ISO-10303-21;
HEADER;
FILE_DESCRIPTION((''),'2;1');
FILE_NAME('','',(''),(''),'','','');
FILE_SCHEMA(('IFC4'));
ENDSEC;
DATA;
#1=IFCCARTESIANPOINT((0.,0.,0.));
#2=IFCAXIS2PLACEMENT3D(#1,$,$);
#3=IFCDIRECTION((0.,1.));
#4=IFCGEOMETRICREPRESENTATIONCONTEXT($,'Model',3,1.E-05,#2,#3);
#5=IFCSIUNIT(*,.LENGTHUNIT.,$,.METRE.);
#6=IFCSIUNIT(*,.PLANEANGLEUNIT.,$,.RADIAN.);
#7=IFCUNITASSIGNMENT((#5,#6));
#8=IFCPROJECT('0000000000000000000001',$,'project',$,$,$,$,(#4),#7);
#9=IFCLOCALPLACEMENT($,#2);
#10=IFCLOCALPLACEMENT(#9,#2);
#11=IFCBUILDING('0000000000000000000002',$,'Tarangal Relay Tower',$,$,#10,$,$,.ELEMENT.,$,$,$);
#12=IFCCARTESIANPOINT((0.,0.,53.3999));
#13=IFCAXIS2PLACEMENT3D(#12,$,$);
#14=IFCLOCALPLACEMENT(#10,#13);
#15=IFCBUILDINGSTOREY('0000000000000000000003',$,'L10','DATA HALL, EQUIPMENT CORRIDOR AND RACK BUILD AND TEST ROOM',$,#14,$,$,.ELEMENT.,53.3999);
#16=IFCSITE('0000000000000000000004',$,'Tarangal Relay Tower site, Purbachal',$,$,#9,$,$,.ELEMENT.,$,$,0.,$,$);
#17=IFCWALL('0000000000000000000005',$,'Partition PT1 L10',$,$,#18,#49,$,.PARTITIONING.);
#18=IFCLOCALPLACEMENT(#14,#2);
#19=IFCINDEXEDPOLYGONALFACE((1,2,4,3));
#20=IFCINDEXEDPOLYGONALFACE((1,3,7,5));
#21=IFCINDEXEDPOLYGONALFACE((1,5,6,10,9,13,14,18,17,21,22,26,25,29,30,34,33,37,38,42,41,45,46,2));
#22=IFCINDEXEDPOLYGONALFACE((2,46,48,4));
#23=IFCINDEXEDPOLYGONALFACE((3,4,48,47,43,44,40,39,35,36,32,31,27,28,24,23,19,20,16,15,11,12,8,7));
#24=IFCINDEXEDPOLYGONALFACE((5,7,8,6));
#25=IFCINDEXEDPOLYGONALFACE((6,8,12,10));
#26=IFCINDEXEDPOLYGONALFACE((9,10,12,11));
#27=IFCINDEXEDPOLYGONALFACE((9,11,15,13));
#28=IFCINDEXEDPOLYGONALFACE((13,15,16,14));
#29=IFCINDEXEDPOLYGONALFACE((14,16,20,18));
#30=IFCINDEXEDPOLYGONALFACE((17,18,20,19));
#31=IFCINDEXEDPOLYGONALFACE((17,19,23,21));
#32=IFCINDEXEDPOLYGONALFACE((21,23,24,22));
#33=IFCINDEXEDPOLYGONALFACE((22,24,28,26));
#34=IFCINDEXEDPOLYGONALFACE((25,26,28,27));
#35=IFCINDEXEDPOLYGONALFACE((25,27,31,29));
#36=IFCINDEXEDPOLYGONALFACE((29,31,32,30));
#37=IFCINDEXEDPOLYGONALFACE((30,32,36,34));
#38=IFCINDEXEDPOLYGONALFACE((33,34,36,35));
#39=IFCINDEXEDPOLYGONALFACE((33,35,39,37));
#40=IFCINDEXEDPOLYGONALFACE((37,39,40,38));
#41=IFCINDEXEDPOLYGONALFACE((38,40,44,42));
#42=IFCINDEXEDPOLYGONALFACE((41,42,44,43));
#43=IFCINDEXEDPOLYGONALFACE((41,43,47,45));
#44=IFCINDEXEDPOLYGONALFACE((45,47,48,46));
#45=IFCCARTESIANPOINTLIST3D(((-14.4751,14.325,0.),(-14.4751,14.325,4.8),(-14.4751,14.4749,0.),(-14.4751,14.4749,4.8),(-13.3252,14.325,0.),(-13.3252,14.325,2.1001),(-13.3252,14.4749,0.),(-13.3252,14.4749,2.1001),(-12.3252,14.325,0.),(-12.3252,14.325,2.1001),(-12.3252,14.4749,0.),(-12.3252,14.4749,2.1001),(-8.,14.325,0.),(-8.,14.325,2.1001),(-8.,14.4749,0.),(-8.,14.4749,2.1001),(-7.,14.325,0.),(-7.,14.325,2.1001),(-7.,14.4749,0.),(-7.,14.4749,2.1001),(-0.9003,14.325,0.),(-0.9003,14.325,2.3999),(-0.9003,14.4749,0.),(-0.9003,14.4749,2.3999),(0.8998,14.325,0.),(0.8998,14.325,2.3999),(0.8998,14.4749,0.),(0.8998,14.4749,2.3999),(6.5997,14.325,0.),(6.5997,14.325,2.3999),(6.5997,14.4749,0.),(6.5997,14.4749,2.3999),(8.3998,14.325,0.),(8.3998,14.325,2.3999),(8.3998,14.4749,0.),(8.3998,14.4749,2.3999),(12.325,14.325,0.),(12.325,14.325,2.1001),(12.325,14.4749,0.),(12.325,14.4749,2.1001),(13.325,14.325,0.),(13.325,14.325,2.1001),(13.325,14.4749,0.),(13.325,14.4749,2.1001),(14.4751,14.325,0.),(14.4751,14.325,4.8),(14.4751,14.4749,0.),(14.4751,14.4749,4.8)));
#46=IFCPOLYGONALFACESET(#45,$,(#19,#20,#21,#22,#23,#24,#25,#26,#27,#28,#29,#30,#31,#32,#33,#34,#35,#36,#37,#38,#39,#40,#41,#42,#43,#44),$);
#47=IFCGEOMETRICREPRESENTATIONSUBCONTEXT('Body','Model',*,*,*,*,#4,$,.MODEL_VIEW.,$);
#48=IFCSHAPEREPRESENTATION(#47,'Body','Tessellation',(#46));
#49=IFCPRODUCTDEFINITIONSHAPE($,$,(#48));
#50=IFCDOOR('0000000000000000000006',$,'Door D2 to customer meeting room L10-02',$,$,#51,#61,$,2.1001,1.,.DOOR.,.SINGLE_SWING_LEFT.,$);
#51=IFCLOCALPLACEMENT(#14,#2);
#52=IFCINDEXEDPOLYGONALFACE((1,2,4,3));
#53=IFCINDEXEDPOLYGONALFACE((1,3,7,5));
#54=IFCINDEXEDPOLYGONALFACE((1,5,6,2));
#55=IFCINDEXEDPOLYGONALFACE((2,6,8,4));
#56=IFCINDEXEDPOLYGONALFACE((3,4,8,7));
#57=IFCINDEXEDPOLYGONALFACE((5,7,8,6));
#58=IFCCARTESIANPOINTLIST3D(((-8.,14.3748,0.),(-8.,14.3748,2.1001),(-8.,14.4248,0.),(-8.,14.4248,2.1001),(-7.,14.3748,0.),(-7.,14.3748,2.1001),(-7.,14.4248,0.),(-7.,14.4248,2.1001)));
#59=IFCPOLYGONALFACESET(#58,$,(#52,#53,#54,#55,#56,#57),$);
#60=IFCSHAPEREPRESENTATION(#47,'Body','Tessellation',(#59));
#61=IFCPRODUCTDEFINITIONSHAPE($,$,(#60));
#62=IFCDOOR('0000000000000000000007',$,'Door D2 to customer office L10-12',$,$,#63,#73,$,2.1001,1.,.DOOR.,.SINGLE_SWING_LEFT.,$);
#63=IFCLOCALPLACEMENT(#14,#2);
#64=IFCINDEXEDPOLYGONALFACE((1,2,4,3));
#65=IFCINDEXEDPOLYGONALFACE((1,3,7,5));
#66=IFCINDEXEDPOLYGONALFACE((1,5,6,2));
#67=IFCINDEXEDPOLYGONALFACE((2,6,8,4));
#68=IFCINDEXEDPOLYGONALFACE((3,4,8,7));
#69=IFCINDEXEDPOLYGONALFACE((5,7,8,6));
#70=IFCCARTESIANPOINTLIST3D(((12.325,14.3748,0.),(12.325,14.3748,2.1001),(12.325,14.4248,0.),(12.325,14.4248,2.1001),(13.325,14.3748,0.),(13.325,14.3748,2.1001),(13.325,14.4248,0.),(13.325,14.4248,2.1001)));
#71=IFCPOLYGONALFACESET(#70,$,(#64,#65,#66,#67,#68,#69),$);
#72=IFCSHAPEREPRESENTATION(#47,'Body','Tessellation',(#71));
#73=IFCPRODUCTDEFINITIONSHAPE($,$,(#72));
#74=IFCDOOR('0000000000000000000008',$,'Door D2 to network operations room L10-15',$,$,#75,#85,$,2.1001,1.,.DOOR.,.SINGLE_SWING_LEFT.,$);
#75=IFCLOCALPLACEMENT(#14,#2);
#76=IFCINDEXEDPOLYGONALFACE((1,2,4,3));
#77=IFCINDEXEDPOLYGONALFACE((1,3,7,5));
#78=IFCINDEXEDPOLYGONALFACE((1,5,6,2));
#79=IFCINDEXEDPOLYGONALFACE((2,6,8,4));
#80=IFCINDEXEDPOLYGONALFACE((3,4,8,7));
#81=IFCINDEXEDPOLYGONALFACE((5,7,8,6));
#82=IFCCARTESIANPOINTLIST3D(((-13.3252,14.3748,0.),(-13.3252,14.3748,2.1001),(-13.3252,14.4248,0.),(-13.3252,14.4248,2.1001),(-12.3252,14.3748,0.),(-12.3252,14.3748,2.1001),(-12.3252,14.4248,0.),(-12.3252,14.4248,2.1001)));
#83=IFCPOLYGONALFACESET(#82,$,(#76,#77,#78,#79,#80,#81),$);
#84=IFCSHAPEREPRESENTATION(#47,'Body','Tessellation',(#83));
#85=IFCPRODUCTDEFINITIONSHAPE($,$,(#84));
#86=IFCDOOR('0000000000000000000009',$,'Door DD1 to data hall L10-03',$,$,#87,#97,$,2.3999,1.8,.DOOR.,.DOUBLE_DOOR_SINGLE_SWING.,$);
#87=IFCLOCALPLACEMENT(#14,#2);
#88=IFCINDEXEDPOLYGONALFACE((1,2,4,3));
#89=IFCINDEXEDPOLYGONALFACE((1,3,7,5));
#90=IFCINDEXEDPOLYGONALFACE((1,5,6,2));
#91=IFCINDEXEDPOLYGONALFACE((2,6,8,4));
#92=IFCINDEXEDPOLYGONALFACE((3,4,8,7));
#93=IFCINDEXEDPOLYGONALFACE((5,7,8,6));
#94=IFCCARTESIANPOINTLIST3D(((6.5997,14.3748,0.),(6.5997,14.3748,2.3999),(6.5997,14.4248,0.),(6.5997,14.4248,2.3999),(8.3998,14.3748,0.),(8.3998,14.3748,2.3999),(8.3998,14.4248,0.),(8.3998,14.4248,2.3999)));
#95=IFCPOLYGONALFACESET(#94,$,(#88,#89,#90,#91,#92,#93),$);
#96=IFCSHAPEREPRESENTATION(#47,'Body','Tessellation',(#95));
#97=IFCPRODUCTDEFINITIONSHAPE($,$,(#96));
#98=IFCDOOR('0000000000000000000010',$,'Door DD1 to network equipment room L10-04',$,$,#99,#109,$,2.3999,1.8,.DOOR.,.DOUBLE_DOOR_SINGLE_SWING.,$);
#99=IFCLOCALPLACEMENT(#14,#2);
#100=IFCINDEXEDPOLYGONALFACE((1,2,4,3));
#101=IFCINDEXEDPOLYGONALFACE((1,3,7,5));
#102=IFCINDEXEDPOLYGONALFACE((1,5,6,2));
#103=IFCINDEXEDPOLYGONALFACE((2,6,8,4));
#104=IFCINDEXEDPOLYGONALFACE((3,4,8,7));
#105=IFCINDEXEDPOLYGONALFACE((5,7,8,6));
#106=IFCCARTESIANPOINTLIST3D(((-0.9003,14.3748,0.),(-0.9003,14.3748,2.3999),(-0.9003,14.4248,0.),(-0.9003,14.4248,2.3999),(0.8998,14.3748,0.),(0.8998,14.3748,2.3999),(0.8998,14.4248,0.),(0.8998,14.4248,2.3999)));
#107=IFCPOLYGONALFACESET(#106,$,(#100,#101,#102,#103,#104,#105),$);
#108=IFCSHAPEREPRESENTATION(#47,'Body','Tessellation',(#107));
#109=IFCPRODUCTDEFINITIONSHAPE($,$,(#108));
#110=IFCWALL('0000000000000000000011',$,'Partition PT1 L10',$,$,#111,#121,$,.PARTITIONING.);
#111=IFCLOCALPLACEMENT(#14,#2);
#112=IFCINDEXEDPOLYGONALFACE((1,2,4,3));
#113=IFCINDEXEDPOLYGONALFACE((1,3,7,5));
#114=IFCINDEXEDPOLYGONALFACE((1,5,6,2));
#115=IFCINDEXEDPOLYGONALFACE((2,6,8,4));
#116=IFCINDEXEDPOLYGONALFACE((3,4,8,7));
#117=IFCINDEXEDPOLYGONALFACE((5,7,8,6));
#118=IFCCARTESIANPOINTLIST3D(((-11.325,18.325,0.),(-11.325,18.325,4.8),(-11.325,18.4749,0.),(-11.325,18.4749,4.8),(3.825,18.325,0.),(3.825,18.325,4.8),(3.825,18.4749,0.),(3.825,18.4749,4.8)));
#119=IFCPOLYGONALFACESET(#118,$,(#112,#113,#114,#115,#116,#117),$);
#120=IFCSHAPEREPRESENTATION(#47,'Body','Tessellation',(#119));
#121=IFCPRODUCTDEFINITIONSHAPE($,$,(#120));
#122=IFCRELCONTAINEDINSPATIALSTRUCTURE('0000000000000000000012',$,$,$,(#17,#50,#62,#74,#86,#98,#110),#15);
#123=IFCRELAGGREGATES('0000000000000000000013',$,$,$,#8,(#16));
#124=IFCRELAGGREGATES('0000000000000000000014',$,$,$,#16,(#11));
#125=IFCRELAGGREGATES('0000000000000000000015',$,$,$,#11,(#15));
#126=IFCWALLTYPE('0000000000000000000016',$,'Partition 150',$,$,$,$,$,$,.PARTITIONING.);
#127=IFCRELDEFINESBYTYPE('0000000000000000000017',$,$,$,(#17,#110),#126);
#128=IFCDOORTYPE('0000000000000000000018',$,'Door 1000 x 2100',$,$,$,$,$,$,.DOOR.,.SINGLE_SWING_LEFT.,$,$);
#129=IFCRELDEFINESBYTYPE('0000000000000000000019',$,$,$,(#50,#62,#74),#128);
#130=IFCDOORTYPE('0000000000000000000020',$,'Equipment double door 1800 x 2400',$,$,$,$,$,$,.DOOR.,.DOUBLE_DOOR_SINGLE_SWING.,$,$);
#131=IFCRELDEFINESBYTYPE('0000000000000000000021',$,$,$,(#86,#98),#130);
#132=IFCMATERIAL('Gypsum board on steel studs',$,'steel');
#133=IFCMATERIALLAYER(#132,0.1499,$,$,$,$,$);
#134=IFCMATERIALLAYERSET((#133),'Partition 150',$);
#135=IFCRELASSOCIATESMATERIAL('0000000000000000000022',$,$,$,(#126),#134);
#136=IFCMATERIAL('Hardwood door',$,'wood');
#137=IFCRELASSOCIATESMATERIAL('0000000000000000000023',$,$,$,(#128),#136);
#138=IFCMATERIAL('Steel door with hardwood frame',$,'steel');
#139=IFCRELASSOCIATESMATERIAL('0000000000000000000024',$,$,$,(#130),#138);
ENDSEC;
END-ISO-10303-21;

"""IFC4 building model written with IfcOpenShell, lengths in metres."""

from ifc_helpers import new_model, si_unit, direction, frame, frame_2d, origin, place, context, subcontext, project, spatial, rectangle, extrude, material, layer, layer_set, type_object, element, fill, save


model = new_model("IFC4")

# Units and contexts
model_context = context("Model", 3, precision=1e-05, world=origin(), true_north=direction((0.0, 1.0)))
body_context = subcontext(model_context, "Body", "Model", "MODEL_VIEW")
ifc_project = project(units=[si_unit("LENGTHUNIT", "METRE"), si_unit("PLANEANGLEUNIT", "RADIAN")], contexts=[model_context])

# Site, building, storey
site_placement = place(None, origin())
site = spatial("IfcSite", under=ifc_project, at=site_placement, Name="Tarangal Relay Tower site, Purbachal", CompositionType="ELEMENT", RefElevation=0.0)
building_placement = place(site_placement, origin())
building = spatial("IfcBuilding", under=site, at=building_placement, Name="Tarangal Relay Tower", CompositionType="ELEMENT")
storey_placement = place(building_placement, frame((0.0, 0.0, 53.3999)))
storey = spatial("IfcBuildingStorey", under=building, at=storey_placement, Name="L10", Description="DATA HALL, EQUIPMENT CORRIDOR AND RACK BUILD AND TEST ROOM", CompositionType="ELEMENT", Elevation=53.3999)

# Wall, openings, doors
ifc_material_1 = material(Name="Gypsum board on steel studs", Category="steel")
ifc_layer_1 = layer(ifc_material_1, 0.1499)
ifc_layer_set_1 = layer_set([ifc_layer_1], Name="Partition 150")
wall_type_1 = type_object("IfcWallType", Name="Partition 150", PredefinedType="PARTITIONING", material=ifc_layer_set_1)
wall_1_placement = place(storey_placement, frame((-14.4751, 14.3999, 0.0), z_axis=(0.0, 0.0, 1.0), x_axis=(1.0, 0.0, 0.0)))
wall_1 = element("IfcWall", 1, at=wall_1_placement, inside=storey, type_object=wall_type_1, Name="Partition PT1 L10", PredefinedType="PARTITIONING", context=body_context, shape_type="SweptSolid", body=[
    extrude(rectangle(XDim=28.9502, YDim=0.1499, at=frame_2d((14.4751, 0.0))), origin(), (0.0, 0.0, 1.0), 4.8),
])
opening_1_placement = place(wall_1_placement, frame((6.4751, 0.0, 0.0)))
opening_1 = element("IfcOpeningElement", 2, at=opening_1_placement, cuts=wall_1, PredefinedType="OPENING", context=body_context, shape_type="SweptSolid", body=[
    extrude(rectangle(XDim=1.0, YDim=2.1001, at=frame_2d((0.5, 1.05))), frame((0.0, 0.085, 0.0), z_axis=(0.0, -1.0, 0.0), x_axis=(1.0, 0.0, 0.0)), (0.0, 0.0, 1.0), 0.1699),
])
opening_2_placement = place(wall_1_placement, frame((21.075, 0.0, 0.0)))
opening_2 = element("IfcOpeningElement", 3, at=opening_2_placement, cuts=wall_1, PredefinedType="OPENING", context=body_context, shape_type="SweptSolid", body=[
    extrude(rectangle(XDim=1.8, YDim=2.3999, at=frame_2d((0.8999, 1.2))), frame((0.0, 0.085, 0.0), z_axis=(0.0, -1.0, 0.0), x_axis=(1.0, 0.0, 0.0)), (0.0, 0.0, 1.0), 0.1699),
])
opening_3_placement = place(wall_1_placement, frame((13.575, 0.0, 0.0)))
opening_3 = element("IfcOpeningElement", 4, at=opening_3_placement, cuts=wall_1, PredefinedType="OPENING", context=body_context, shape_type="SweptSolid", body=[
    extrude(rectangle(XDim=1.8, YDim=2.3999, at=frame_2d((0.8999, 1.2))), frame((0.0, 0.085, 0.0), z_axis=(0.0, -1.0, 0.0), x_axis=(1.0, 0.0, 0.0)), (0.0, 0.0, 1.0), 0.1699),
])
opening_4_placement = place(wall_1_placement, frame((26.8, 0.0, 0.0)))
opening_4 = element("IfcOpeningElement", 5, at=opening_4_placement, cuts=wall_1, PredefinedType="OPENING", context=body_context, shape_type="SweptSolid", body=[
    extrude(rectangle(XDim=1.0, YDim=2.1001, at=frame_2d((0.5, 1.05))), frame((0.0, 0.085, 0.0), z_axis=(0.0, -1.0, 0.0), x_axis=(1.0, 0.0, 0.0)), (0.0, 0.0, 1.0), 0.1699),
])
opening_5_placement = place(wall_1_placement, frame((1.1499, 0.0, 0.0)))
opening_5 = element("IfcOpeningElement", 6, at=opening_5_placement, cuts=wall_1, PredefinedType="OPENING", context=body_context, shape_type="SweptSolid", body=[
    extrude(rectangle(XDim=1.0, YDim=2.1001, at=frame_2d((0.5, 1.05))), frame((0.0, 0.085, 0.0), z_axis=(0.0, -1.0, 0.0), x_axis=(1.0, 0.0, 0.0)), (0.0, 0.0, 1.0), 0.1699),
])
ifc_material_2 = material(Name="Hardwood door", Category="wood")
door_type_1 = type_object("IfcDoorType", Name="Door 1000 x 2100", OperationType="SINGLE_SWING_LEFT", PredefinedType="DOOR", material=ifc_material_2)
door_1_placement = place(opening_1_placement, origin())
door_1 = element("IfcDoor", 7, at=door_1_placement, inside=storey, type_object=door_type_1, Name="Door D2 to customer meeting room L10-02", OperationType="SINGLE_SWING_LEFT", OverallHeight=2.1001, OverallWidth=1.0, PredefinedType="DOOR", context=body_context, shape_type="SweptSolid", body=[
    extrude(rectangle(XDim=1.0, YDim=2.1001, at=frame_2d((0.5, 1.05))), frame((0.0, 0.0249, 0.0), z_axis=(0.0, -1.0, 0.0), x_axis=(1.0, 0.0, 0.0)), (0.0, 0.0, 1.0), 0.05),
])
fill(opening_1, door_1)
door_2_placement = place(opening_4_placement, origin())
door_2 = element("IfcDoor", 8, at=door_2_placement, inside=storey, type_object=door_type_1, Name="Door D2 to customer office L10-12", OperationType="SINGLE_SWING_LEFT", OverallHeight=2.1001, OverallWidth=1.0, PredefinedType="DOOR", context=body_context, shape_type="SweptSolid", body=[
    extrude(rectangle(XDim=1.0, YDim=2.1001, at=frame_2d((0.5, 1.05))), frame((0.0, 0.0249, 0.0), z_axis=(0.0, -1.0, 0.0), x_axis=(1.0, 0.0, 0.0)), (0.0, 0.0, 1.0), 0.05),
])
fill(opening_4, door_2)
door_3_placement = place(opening_5_placement, origin())
door_3 = element("IfcDoor", 9, at=door_3_placement, inside=storey, type_object=door_type_1, Name="Door D2 to network operations room L10-15", OperationType="SINGLE_SWING_LEFT", OverallHeight=2.1001, OverallWidth=1.0, PredefinedType="DOOR", context=body_context, shape_type="SweptSolid", body=[
    extrude(rectangle(XDim=1.0, YDim=2.1001, at=frame_2d((0.5, 1.05))), frame((0.0, 0.0249, 0.0), z_axis=(0.0, -1.0, 0.0), x_axis=(1.0, 0.0, 0.0)), (0.0, 0.0, 1.0), 0.05),
])
fill(opening_5, door_3)
ifc_material_3 = material(Name="Steel door with hardwood frame", Category="steel")
door_type_2 = type_object("IfcDoorType", Name="Equipment double door 1800 x 2400", OperationType="DOUBLE_DOOR_SINGLE_SWING", PredefinedType="DOOR", material=ifc_material_3)
door_4_placement = place(opening_2_placement, origin())
door_4 = element("IfcDoor", 10, at=door_4_placement, inside=storey, type_object=door_type_2, Name="Door DD1 to data hall L10-03", OperationType="DOUBLE_DOOR_SINGLE_SWING", OverallHeight=2.3999, OverallWidth=1.8, PredefinedType="DOOR", context=body_context, shape_type="SweptSolid", body=[
    extrude(rectangle(XDim=1.8, YDim=2.3999, at=frame_2d((0.8999, 1.2))), frame((0.0, 0.0249, 0.0), z_axis=(0.0, -1.0, 0.0), x_axis=(1.0, 0.0, 0.0)), (0.0, 0.0, 1.0), 0.05),
])
fill(opening_2, door_4)
door_5_placement = place(opening_3_placement, origin())
door_5 = element("IfcDoor", 11, at=door_5_placement, inside=storey, type_object=door_type_2, Name="Door DD1 to network equipment room L10-04", OperationType="DOUBLE_DOOR_SINGLE_SWING", OverallHeight=2.3999, OverallWidth=1.8, PredefinedType="DOOR", context=body_context, shape_type="SweptSolid", body=[
    extrude(rectangle(XDim=1.8, YDim=2.3999, at=frame_2d((0.8999, 1.2))), frame((0.0, 0.0249, 0.0), z_axis=(0.0, -1.0, 0.0), x_axis=(1.0, 0.0, 0.0)), (0.0, 0.0, 1.0), 0.05),
])
fill(opening_3, door_5)

# Wall
wall_2_placement = place(storey_placement, frame((-11.325, 18.3999, 0.0), z_axis=(0.0, 0.0, 1.0), x_axis=(1.0, 0.0, 0.0)))
element("IfcWall", 12, at=wall_2_placement, inside=storey, type_object=wall_type_1, Name="Partition PT1 L10", PredefinedType="PARTITIONING", context=body_context, shape_type="SweptSolid", body=[
    extrude(rectangle(XDim=15.1499, YDim=0.1499, at=frame_2d((7.575, 0.0))), origin(), (0.0, 0.0, 1.0), 4.8),
])

save(model, "model.ifc")
